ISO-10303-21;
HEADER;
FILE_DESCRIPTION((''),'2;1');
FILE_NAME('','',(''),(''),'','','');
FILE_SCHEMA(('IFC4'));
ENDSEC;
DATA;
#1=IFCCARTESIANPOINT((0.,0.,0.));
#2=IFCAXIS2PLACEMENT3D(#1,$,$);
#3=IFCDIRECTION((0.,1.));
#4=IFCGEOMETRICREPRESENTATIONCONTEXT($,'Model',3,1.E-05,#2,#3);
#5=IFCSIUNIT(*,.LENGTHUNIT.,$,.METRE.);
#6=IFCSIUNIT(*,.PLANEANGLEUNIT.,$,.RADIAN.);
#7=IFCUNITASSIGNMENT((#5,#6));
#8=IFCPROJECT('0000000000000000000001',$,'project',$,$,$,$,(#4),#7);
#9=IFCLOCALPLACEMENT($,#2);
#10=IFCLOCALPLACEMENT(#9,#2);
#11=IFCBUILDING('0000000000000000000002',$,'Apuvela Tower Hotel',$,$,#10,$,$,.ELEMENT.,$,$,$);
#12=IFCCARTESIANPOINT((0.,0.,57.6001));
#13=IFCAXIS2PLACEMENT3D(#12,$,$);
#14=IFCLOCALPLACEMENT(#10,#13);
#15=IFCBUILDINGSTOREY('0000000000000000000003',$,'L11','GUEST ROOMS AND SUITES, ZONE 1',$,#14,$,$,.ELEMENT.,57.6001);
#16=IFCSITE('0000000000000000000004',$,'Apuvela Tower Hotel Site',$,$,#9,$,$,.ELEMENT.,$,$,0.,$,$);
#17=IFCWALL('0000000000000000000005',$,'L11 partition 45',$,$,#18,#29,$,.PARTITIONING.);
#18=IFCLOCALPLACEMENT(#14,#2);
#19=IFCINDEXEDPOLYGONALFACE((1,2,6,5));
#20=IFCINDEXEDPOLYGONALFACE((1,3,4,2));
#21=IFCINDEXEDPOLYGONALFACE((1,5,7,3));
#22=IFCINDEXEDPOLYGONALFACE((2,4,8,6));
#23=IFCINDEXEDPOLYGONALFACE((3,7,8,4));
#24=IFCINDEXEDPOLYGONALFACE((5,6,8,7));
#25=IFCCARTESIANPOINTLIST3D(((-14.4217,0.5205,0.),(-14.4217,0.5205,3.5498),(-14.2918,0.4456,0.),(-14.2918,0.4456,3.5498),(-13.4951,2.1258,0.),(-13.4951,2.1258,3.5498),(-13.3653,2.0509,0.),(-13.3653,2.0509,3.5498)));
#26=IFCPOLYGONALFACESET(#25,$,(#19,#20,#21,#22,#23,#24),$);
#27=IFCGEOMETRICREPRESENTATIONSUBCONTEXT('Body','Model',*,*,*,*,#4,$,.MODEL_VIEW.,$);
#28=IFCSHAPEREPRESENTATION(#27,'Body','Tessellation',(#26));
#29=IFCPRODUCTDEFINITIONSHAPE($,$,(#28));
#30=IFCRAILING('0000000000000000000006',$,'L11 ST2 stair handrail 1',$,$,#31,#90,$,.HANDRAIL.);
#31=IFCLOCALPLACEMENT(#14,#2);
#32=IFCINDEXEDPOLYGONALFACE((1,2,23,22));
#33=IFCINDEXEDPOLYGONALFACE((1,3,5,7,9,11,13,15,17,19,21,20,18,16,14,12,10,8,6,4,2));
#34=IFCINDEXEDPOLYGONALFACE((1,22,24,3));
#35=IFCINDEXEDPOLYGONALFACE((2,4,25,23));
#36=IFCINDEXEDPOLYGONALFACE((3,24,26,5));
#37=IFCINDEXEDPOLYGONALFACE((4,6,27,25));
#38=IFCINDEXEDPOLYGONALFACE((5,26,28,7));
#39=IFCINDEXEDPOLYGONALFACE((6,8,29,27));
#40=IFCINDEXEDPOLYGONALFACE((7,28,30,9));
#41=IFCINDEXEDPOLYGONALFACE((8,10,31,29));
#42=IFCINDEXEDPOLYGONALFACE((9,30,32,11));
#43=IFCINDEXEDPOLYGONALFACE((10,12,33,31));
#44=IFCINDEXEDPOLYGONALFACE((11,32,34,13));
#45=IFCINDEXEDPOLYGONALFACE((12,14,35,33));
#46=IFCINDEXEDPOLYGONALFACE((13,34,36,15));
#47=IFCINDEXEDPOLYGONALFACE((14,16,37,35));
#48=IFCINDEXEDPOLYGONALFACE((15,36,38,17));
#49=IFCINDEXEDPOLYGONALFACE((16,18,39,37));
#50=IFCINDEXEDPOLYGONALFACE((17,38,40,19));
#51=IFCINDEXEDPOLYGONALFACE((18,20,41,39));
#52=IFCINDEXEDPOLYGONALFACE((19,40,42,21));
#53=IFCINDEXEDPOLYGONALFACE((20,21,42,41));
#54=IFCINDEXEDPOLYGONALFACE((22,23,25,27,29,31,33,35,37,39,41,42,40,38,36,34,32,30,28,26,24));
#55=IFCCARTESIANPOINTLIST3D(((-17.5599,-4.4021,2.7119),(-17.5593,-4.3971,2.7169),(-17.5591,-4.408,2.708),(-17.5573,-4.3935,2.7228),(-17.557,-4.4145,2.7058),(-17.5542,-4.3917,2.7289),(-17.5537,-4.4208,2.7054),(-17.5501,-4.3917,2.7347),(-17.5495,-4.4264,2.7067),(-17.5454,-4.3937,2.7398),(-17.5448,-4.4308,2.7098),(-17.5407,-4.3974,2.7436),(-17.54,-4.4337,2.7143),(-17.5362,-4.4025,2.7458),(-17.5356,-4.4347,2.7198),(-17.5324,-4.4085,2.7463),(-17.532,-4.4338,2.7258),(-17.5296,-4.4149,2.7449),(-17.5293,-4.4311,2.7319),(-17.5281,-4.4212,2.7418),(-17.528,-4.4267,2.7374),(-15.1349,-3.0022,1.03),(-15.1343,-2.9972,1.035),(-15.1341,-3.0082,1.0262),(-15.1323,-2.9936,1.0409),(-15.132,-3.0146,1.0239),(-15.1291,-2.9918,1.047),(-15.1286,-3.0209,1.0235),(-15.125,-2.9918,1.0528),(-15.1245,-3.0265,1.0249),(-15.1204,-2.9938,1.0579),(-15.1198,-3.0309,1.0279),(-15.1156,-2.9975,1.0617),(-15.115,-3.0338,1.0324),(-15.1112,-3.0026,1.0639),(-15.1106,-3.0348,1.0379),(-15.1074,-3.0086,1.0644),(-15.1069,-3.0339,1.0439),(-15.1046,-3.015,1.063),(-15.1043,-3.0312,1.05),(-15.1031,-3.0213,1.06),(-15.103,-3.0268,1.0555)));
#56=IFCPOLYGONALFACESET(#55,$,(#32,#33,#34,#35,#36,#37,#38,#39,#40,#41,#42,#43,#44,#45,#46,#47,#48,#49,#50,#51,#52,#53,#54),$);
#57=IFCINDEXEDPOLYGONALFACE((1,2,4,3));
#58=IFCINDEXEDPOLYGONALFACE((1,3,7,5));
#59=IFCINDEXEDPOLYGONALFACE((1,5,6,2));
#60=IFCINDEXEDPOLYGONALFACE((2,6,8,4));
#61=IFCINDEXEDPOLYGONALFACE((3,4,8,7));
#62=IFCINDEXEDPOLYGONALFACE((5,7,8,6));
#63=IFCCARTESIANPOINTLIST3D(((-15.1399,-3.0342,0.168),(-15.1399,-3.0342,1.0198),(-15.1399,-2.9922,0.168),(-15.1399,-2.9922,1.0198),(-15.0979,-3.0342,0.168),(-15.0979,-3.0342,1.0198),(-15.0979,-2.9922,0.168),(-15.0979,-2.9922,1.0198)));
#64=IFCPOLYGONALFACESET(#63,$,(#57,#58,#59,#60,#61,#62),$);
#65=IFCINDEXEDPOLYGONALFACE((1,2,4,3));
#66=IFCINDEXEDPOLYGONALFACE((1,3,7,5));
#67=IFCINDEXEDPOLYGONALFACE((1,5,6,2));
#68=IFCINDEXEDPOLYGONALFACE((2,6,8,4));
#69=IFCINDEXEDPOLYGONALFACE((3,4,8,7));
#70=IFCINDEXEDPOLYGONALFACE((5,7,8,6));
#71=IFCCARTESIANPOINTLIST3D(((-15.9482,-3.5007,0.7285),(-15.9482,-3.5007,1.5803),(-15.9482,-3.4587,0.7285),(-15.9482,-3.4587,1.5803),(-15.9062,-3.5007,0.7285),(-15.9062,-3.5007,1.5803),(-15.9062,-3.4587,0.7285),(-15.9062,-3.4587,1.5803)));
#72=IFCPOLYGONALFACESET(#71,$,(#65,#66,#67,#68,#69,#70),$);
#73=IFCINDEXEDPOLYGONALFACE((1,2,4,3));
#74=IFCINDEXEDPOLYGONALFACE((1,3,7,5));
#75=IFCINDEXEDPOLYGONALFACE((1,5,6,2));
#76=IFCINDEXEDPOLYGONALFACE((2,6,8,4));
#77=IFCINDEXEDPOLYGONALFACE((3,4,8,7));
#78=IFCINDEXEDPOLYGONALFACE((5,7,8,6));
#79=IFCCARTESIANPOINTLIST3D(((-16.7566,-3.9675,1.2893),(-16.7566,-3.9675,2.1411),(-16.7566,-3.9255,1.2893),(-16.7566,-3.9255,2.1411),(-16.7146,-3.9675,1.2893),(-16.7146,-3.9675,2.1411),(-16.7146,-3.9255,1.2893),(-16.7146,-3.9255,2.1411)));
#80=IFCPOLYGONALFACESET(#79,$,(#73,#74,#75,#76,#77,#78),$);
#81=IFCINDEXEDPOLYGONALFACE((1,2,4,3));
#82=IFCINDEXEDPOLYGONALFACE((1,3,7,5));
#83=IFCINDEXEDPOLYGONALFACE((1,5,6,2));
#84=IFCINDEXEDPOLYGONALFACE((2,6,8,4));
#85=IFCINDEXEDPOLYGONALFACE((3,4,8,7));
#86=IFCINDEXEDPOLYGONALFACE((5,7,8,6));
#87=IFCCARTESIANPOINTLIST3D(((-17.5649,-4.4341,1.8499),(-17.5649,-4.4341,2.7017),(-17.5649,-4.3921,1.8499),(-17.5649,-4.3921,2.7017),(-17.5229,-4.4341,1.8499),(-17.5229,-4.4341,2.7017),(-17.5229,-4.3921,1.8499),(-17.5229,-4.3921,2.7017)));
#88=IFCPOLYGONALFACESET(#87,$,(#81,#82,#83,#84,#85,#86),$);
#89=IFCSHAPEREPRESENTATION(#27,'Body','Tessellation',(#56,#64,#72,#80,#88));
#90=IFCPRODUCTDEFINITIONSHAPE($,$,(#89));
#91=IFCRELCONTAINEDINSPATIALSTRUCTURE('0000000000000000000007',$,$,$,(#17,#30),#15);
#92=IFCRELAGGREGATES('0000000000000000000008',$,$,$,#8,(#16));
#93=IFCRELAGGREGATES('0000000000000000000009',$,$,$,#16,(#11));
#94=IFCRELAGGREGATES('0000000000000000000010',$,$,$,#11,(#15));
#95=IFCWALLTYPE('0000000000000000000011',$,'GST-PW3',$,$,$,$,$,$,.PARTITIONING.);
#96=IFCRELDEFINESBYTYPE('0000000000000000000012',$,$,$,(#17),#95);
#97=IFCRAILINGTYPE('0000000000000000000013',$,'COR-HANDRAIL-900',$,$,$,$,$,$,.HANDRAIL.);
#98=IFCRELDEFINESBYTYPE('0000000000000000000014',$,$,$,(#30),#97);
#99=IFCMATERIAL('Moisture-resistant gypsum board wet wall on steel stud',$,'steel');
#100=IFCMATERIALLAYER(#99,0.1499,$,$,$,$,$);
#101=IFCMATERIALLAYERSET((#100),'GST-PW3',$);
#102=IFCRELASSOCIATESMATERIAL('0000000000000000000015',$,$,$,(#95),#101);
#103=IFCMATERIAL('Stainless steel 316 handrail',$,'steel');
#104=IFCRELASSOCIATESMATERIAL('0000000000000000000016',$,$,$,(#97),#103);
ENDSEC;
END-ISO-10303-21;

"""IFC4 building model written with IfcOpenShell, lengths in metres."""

from ifc_helpers import new_model, si_unit, direction, frame, frame_2d, origin, origin_2d, place, context, subcontext, project, spatial, rectangle, circle, extrude, material, layer, layer_set, type_object, element, save


model = new_model("IFC4")

# Units and contexts
model_context = context("Model", 3, precision=1e-05, world=origin(), true_north=direction((0.0, 1.0)))
body_context = subcontext(model_context, "Body", "Model", "MODEL_VIEW")
ifc_project = project(units=[si_unit("LENGTHUNIT", "METRE"), si_unit("PLANEANGLEUNIT", "RADIAN")], contexts=[model_context])

# Site, building, storey
site_placement = place(None, origin())
site = spatial("IfcSite", under=ifc_project, at=site_placement, Name="Apuvela Tower Hotel Site", CompositionType="ELEMENT", RefElevation=0.0)
building_placement = place(site_placement, origin())
building = spatial("IfcBuilding", under=site, at=building_placement, Name="Apuvela Tower Hotel", CompositionType="ELEMENT")
storey_placement = place(building_placement, frame((0.0, 0.0, 57.6001)))
storey = spatial("IfcBuildingStorey", under=building, at=storey_placement, Name="L11", Description="GUEST ROOMS AND SUITES, ZONE 1", CompositionType="ELEMENT", Elevation=57.6001)

# Shared definitions
ifc_material_1 = material(Name="Moisture-resistant gypsum board wet wall on steel stud", Category="steel")
ifc_layer_1 = layer(ifc_material_1, 0.1499)
ifc_layer_set_1 = layer_set([ifc_layer_1], Name="GST-PW3")
wall_type_1 = type_object("IfcWallType", Name="GST-PW3", PredefinedType="PARTITIONING", material=ifc_layer_set_1)

# Wall
wall_1_placement = place(storey_placement, frame((-13.4302, 2.0884, 0.0), z_axis=(0.0, 0.0, 1.0), x_axis=(-0.499893, -0.866087, 0.0)))
element("IfcWall", 1, at=wall_1_placement, inside=storey, type_object=wall_type_1, Name="L11 partition 45", PredefinedType="PARTITIONING", context=body_context, shape_type="SweptSolid", body=[
    extrude(rectangle(XDim=1.8535, YDim=0.1499, at=frame_2d((0.9268, 0.0))), origin(), (0.0, 0.0, 1.0), 3.5498),
])

# Railing
ifc_material_2 = material(Name="Stainless steel 316 handrail", Category="steel")
railing_type_1 = type_object("IfcRailingType", Name="COR-HANDRAIL-900", PredefinedType="HANDRAIL", material=ifc_material_2)
railing_1_placement = place(storey_placement, frame((-15.1189, -3.0132, 0.168)))
element("IfcRailing", 2, at=railing_1_placement, inside=storey, type_object=railing_type_1, Name="L11 ST2 stair handrail 1", PredefinedType="HANDRAIL", context=body_context, shape_type="SweptSolid", body=[
    extrude(circle(Radius=0.0239, at=origin_2d()), frame((0.0, 0.0, 0.876), z_axis=(-0.742424, -0.428577, 0.514906), x_axis=(0.499946, -0.866056, 0.0)), (0.0, 0.0, 1.0), 3.2664),
    extrude(rectangle(XDim=0.042, YDim=0.042, at=origin_2d()), origin(), (0.0, 0.0, 1.0), 0.8518),
    extrude(rectangle(XDim=0.042, YDim=0.042, at=origin_2d()), frame((-0.8083, -0.4666, 0.5605)), (0.0, 0.0, 1.0), 0.8518),
    extrude(rectangle(XDim=0.042, YDim=0.042, at=origin_2d()), frame((-1.6167, -0.9333, 1.1213)), (0.0, 0.0, 1.0), 0.8518),
    extrude(rectangle(XDim=0.042, YDim=0.042, at=origin_2d()), frame((-2.425, -1.3999, 1.6819)), (0.0, 0.0, 1.0), 0.8518),
])

save(model, "model.ifc")
